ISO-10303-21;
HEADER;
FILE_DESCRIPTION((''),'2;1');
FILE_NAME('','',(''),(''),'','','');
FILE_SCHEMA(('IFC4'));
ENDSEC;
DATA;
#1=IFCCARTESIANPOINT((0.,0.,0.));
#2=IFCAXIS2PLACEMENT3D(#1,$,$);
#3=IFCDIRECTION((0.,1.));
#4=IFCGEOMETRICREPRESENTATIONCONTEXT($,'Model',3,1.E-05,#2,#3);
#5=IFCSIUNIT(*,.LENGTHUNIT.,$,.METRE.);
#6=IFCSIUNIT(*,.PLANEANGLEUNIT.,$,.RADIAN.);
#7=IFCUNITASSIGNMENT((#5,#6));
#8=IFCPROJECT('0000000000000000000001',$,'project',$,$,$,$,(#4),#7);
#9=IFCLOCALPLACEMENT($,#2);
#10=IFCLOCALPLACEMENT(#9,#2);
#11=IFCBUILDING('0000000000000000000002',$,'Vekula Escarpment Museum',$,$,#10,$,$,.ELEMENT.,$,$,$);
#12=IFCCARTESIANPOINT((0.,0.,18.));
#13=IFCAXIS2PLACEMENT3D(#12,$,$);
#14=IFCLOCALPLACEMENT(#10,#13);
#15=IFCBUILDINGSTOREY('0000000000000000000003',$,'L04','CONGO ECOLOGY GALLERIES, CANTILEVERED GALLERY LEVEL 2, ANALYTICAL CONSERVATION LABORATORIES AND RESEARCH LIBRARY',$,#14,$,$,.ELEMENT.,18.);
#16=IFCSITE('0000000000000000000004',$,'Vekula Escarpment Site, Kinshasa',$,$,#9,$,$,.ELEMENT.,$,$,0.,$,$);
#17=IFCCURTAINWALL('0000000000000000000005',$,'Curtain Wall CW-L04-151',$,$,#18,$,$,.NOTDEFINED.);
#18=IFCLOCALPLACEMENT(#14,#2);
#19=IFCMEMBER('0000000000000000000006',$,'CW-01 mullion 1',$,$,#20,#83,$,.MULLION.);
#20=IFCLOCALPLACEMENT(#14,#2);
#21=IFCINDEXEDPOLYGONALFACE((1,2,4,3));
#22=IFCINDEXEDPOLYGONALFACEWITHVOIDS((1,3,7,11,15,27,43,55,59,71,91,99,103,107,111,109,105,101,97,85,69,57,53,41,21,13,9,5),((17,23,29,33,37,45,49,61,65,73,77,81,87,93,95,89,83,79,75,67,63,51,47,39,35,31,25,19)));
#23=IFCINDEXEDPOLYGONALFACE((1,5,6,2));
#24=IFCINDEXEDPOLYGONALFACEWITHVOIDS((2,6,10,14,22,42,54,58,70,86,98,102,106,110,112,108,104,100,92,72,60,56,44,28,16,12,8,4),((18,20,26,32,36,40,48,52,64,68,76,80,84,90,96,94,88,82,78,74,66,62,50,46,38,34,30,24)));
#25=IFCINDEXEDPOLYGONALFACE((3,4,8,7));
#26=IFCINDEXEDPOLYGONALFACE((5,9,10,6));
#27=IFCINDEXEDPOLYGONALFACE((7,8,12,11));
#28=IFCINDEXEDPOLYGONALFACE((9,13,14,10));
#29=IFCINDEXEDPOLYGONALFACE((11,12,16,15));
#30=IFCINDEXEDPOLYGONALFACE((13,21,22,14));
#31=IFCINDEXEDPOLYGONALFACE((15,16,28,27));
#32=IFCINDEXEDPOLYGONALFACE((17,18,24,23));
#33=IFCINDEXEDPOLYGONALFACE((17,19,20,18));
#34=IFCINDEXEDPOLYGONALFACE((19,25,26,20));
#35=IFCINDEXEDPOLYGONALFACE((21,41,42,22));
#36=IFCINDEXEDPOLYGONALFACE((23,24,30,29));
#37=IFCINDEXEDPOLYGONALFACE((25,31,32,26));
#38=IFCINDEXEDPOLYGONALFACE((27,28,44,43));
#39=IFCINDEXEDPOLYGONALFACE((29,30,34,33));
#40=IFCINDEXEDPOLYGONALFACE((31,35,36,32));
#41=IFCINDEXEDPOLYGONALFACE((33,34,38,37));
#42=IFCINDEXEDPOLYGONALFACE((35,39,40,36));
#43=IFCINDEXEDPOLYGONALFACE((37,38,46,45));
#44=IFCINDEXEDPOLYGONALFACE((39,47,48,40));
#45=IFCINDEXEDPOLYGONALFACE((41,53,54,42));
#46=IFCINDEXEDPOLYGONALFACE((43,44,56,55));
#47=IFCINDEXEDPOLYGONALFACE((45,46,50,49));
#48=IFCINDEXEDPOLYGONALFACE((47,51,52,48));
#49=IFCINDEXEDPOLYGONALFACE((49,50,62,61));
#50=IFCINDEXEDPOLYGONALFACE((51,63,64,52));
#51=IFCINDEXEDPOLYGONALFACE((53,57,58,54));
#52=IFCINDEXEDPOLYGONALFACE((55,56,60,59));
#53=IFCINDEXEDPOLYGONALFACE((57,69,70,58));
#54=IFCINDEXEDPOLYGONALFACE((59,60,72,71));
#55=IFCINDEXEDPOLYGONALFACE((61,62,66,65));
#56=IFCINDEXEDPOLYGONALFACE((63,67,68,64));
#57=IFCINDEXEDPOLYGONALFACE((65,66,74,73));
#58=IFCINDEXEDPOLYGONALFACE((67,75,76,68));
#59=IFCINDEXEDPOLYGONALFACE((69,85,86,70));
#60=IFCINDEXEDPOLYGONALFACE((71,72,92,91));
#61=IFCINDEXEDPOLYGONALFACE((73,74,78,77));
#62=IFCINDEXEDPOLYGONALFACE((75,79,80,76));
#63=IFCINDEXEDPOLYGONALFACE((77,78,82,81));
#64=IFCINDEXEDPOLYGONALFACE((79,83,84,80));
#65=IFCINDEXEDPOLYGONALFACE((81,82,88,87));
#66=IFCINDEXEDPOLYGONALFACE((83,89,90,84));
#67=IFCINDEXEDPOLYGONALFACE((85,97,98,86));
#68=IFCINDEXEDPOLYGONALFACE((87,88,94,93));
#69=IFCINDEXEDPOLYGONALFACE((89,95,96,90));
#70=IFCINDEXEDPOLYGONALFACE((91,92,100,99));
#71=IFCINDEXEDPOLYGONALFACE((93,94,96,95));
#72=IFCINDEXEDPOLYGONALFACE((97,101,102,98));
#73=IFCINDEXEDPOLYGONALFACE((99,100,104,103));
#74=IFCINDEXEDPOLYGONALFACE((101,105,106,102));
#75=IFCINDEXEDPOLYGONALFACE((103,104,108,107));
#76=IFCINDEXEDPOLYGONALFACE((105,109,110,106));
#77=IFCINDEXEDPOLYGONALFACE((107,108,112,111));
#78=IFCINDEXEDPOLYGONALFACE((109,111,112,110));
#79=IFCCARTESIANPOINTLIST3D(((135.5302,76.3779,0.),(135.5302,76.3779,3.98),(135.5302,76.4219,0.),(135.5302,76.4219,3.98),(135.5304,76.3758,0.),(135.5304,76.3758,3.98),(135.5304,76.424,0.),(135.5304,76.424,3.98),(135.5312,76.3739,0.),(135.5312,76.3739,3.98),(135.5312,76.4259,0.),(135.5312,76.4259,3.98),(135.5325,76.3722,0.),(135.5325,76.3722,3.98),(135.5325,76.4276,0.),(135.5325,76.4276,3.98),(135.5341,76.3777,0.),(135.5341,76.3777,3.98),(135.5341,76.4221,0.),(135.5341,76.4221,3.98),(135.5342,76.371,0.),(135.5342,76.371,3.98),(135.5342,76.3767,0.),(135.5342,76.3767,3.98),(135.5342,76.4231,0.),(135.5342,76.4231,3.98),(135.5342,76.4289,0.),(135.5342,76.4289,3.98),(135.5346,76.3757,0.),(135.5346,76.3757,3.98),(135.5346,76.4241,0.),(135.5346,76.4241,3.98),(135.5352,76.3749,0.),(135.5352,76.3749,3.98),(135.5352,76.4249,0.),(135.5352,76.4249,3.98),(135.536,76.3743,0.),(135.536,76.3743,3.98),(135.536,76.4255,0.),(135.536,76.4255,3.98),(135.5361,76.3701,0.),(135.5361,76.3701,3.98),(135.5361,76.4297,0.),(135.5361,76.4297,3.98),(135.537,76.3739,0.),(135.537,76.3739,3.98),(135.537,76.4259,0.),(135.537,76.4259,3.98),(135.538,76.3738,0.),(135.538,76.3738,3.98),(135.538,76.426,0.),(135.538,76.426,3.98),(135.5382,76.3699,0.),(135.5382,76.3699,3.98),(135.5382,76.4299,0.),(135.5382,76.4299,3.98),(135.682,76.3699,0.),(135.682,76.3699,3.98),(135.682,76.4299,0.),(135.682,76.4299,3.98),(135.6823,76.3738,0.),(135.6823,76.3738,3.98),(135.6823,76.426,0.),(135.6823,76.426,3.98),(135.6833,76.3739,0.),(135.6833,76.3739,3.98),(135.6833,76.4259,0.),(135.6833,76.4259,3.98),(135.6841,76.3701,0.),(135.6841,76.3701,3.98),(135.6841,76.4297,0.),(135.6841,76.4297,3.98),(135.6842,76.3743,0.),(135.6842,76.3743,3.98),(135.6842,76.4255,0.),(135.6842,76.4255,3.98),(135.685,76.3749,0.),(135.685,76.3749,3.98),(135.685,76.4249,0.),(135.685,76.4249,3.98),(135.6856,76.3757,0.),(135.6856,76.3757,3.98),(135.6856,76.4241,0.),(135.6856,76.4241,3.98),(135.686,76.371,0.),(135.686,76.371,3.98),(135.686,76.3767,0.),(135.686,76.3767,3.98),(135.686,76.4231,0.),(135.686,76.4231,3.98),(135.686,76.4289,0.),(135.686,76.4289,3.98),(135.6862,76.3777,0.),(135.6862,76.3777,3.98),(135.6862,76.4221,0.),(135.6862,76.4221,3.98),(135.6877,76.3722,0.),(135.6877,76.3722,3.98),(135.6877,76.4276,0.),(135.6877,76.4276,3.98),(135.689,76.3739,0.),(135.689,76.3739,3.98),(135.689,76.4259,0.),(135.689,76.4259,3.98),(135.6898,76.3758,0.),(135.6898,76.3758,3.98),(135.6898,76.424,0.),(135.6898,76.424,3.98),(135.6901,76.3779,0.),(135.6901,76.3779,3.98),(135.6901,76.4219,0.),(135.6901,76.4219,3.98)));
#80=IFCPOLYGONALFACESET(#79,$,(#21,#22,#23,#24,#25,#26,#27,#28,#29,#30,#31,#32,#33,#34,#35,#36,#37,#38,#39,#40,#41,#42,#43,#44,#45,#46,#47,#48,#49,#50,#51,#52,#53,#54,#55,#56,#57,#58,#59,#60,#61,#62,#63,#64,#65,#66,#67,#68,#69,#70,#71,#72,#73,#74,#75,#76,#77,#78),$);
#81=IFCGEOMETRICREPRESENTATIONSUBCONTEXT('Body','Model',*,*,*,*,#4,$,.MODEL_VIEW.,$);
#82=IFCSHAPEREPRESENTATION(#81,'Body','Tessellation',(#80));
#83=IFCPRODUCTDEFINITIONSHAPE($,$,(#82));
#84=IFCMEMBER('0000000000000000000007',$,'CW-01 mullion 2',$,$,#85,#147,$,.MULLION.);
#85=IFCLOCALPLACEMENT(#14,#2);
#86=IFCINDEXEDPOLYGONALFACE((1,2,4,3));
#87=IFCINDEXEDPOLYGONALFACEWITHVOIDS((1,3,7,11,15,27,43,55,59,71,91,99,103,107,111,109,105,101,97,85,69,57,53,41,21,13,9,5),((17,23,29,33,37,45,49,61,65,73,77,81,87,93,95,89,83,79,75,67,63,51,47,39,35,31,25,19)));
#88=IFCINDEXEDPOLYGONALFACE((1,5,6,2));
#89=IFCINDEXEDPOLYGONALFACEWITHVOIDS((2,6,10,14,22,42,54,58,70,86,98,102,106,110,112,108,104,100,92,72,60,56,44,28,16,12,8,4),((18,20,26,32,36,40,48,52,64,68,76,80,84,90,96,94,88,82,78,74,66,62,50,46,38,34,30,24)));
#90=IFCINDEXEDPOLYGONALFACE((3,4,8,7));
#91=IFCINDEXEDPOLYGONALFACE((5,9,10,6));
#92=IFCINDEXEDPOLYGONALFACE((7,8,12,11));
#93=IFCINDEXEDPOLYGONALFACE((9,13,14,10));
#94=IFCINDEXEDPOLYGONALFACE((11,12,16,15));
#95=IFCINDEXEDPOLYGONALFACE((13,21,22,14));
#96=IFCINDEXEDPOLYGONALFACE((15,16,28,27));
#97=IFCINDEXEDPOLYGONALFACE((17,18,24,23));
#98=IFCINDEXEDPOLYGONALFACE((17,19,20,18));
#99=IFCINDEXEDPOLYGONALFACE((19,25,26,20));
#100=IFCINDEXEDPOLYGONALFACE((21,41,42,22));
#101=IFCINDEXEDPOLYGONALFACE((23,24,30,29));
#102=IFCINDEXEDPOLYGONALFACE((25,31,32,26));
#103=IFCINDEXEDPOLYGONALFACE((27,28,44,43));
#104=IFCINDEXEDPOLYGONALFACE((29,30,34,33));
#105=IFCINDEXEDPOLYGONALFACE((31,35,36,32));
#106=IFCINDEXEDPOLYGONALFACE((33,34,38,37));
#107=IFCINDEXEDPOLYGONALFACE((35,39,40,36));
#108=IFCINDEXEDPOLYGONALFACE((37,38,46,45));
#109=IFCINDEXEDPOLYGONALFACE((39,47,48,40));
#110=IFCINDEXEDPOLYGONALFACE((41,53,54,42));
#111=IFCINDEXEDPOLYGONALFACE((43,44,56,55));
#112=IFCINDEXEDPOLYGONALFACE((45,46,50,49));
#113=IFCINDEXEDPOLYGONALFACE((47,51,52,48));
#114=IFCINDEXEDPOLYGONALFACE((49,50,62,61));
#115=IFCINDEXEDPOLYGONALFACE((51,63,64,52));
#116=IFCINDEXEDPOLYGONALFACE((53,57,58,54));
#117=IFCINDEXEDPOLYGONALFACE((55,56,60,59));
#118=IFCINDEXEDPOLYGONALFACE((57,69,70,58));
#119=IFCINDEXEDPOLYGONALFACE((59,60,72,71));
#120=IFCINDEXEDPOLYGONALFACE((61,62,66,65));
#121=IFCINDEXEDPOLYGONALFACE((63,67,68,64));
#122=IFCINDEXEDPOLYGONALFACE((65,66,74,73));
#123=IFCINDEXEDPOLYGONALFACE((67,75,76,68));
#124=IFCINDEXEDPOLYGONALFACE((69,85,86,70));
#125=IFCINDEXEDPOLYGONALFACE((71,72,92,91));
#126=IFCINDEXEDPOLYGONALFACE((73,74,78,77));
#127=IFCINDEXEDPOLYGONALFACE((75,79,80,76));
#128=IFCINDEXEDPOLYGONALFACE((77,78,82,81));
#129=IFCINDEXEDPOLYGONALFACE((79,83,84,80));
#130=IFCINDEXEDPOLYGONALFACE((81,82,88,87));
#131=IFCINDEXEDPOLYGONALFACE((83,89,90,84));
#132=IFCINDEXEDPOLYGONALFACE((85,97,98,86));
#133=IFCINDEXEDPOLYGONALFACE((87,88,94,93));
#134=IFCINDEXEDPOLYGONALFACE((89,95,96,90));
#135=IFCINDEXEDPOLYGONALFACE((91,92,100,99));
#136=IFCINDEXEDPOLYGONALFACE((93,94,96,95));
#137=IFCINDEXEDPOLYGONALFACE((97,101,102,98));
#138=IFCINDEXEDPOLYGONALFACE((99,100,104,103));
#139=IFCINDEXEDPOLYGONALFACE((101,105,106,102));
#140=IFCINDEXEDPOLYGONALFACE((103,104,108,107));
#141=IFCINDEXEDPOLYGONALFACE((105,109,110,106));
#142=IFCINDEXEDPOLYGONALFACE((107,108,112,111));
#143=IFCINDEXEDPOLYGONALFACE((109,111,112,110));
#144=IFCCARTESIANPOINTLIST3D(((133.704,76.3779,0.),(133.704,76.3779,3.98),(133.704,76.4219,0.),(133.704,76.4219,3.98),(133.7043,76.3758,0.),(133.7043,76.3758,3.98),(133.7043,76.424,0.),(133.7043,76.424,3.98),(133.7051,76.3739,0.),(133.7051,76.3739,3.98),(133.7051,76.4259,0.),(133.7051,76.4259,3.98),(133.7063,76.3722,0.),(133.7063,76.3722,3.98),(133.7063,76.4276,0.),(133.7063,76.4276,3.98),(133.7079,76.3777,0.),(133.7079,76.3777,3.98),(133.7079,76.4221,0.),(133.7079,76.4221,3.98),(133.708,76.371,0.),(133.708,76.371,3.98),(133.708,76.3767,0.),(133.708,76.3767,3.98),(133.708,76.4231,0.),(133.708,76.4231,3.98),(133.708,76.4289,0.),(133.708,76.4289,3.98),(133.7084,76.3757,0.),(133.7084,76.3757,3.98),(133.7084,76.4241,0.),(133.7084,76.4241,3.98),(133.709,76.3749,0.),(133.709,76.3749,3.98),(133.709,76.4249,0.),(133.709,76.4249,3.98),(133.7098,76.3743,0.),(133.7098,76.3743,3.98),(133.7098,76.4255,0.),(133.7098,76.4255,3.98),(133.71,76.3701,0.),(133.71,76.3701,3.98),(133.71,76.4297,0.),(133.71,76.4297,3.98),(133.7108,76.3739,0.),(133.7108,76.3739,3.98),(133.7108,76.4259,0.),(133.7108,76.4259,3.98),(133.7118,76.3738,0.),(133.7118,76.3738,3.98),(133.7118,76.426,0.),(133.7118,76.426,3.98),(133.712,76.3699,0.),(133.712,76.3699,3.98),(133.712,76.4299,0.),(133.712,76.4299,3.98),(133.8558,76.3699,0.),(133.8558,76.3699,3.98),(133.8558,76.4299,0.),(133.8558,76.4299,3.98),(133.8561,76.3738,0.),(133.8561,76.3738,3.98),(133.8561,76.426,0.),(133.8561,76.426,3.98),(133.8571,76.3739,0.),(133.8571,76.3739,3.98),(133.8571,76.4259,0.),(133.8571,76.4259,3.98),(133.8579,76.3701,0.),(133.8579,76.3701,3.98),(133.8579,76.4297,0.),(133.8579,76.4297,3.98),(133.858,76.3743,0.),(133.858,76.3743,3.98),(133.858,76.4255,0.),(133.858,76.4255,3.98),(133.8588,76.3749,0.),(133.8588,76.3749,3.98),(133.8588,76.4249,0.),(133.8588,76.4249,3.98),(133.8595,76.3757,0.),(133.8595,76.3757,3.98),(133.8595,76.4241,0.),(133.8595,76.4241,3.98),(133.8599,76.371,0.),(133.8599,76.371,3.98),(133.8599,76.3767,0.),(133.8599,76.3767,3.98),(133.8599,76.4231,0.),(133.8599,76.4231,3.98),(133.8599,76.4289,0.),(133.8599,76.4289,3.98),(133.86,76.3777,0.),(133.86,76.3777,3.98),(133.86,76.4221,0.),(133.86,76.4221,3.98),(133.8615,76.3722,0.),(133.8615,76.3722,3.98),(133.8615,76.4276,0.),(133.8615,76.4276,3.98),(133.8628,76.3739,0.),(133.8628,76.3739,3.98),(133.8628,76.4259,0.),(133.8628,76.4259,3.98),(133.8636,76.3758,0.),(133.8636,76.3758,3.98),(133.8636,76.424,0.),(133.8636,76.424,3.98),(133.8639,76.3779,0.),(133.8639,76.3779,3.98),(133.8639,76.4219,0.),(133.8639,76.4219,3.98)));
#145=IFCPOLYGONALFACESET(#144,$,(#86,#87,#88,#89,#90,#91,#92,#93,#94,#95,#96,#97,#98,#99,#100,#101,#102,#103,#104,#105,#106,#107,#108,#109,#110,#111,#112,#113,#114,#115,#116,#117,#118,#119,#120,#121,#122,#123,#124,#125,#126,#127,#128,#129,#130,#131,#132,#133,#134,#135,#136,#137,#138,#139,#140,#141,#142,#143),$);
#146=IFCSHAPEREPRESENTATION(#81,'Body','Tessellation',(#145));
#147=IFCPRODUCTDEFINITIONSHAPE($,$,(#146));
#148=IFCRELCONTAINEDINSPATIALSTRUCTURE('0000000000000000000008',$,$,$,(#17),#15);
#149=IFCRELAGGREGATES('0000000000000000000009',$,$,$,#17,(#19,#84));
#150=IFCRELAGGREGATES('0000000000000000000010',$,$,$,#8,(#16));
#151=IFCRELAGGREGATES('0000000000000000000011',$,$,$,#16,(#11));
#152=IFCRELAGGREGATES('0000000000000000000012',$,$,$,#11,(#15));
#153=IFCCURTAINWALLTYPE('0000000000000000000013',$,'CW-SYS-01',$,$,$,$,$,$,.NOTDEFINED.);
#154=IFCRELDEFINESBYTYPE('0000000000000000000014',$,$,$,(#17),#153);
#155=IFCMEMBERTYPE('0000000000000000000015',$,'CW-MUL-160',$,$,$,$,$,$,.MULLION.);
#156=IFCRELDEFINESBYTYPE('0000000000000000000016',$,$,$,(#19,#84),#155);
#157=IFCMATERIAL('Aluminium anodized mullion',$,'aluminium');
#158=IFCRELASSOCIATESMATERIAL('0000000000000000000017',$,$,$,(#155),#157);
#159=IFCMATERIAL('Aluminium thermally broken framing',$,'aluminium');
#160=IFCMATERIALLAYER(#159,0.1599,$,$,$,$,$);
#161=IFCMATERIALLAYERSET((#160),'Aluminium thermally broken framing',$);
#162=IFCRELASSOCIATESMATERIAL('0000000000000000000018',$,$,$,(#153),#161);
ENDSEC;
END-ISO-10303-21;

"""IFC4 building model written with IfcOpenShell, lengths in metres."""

from ifc_helpers import new_model, si_unit, direction, frame, origin, origin_2d, place, context, subcontext, project, spatial, hollow_rectangle, extrude, material, layer, layer_set, material_profile, profile_set, type_object, element, aggregate, save


model = new_model("IFC4")

# Units and contexts
model_context = context("Model", 3, precision=1e-05, world=origin(), true_north=direction((0.0, 1.0)))
body_context = subcontext(model_context, "Body", "Model", "MODEL_VIEW")
ifc_project = project(units=[si_unit("LENGTHUNIT", "METRE"), si_unit("PLANEANGLEUNIT", "RADIAN")], contexts=[model_context])

# Site, building, storey
site_placement = place(None, origin())
site = spatial("IfcSite", under=ifc_project, at=site_placement, Name="Vekula Escarpment Site, Kinshasa", CompositionType="ELEMENT", RefElevation=0.0)
building_placement = place(site_placement, origin())
building = spatial("IfcBuilding", under=site, at=building_placement, Name="Vekula Escarpment Museum", CompositionType="ELEMENT")
storey_placement = place(building_placement, frame((0.0, 0.0, 18.0)))
storey = spatial("IfcBuildingStorey", under=building, at=storey_placement, Name="L04", Description="CONGO ECOLOGY GALLERIES, CANTILEVERED GALLERY LEVEL 2, ANALYTICAL CONSERVATION LABORATORIES AND RESEARCH LIBRARY", CompositionType="ELEMENT", Elevation=18.0)

# Curtain wall, members
ifc_material_1 = material(Name="Aluminium anodized mullion", Category="aluminium")
ifc_material_profile_1 = material_profile(ifc_material_1, hollow_rectangle(XDim=0.0601, YDim=0.1599, WallThickness=0.0039, InnerFilletRadius=0.0039, OuterFilletRadius=0.0081, at=origin_2d()), Name="ALU 160x60x4")
ifc_profile_set_1 = profile_set([ifc_material_profile_1], Name="Aluminium anodized mullion")
member_type_1 = type_object("IfcMemberType", Name="CW-MUL-160", PredefinedType="MULLION", material=ifc_profile_set_1)
ifc_material_2 = material(Name="Aluminium thermally broken framing", Category="aluminium")
ifc_layer_1 = layer(ifc_material_2, 0.1599)
ifc_layer_set_1 = layer_set([ifc_layer_1], Name="Aluminium thermally broken framing")
curtain_wall_type_1 = type_object("IfcCurtainWallType", Name="CW-SYS-01", PredefinedType="NOTDEFINED", material=ifc_layer_set_1)
curtain_wall_1_placement = place(storey_placement, origin())
curtain_wall_1 = element("IfcCurtainWall", 1, at=curtain_wall_1_placement, inside=storey, type_object=curtain_wall_type_1, Name="Curtain Wall CW-L04-151", PredefinedType="NOTDEFINED")
member_1_placement = place(storey_placement, frame((135.6101, 76.3999, 0.0), z_axis=(0.0, 0.0, 1.0), x_axis=(0.0, -1.0, 0.0)))
member_1 = element("IfcMember", 2, at=member_1_placement, type_object=member_type_1, Name="CW-01 mullion 1", PredefinedType="MULLION", context=body_context, shape_type="SweptSolid", body=[
    extrude(hollow_rectangle(XDim=0.0601, YDim=0.1599, WallThickness=0.0039, InnerFilletRadius=0.0039, OuterFilletRadius=0.0081, at=origin_2d()), origin(), (0.0, 0.0, 1.0), 3.98),
])
member_2_placement = place(storey_placement, frame((133.7839, 76.3999, 0.0), z_axis=(0.0, 0.0, 1.0), x_axis=(0.0, -1.0, 0.0)))
member_2 = element("IfcMember", 3, at=member_2_placement, type_object=member_type_1, Name="CW-01 mullion 2", PredefinedType="MULLION", context=body_context, shape_type="SweptSolid", body=[
    extrude(hollow_rectangle(XDim=0.0601, YDim=0.1599, WallThickness=0.0039, InnerFilletRadius=0.0039, OuterFilletRadius=0.0081, at=origin_2d()), origin(), (0.0, 0.0, 1.0), 3.98),
])

aggregate(curtain_wall_1, [member_1, member_2])

save(model, "model.ifc")
